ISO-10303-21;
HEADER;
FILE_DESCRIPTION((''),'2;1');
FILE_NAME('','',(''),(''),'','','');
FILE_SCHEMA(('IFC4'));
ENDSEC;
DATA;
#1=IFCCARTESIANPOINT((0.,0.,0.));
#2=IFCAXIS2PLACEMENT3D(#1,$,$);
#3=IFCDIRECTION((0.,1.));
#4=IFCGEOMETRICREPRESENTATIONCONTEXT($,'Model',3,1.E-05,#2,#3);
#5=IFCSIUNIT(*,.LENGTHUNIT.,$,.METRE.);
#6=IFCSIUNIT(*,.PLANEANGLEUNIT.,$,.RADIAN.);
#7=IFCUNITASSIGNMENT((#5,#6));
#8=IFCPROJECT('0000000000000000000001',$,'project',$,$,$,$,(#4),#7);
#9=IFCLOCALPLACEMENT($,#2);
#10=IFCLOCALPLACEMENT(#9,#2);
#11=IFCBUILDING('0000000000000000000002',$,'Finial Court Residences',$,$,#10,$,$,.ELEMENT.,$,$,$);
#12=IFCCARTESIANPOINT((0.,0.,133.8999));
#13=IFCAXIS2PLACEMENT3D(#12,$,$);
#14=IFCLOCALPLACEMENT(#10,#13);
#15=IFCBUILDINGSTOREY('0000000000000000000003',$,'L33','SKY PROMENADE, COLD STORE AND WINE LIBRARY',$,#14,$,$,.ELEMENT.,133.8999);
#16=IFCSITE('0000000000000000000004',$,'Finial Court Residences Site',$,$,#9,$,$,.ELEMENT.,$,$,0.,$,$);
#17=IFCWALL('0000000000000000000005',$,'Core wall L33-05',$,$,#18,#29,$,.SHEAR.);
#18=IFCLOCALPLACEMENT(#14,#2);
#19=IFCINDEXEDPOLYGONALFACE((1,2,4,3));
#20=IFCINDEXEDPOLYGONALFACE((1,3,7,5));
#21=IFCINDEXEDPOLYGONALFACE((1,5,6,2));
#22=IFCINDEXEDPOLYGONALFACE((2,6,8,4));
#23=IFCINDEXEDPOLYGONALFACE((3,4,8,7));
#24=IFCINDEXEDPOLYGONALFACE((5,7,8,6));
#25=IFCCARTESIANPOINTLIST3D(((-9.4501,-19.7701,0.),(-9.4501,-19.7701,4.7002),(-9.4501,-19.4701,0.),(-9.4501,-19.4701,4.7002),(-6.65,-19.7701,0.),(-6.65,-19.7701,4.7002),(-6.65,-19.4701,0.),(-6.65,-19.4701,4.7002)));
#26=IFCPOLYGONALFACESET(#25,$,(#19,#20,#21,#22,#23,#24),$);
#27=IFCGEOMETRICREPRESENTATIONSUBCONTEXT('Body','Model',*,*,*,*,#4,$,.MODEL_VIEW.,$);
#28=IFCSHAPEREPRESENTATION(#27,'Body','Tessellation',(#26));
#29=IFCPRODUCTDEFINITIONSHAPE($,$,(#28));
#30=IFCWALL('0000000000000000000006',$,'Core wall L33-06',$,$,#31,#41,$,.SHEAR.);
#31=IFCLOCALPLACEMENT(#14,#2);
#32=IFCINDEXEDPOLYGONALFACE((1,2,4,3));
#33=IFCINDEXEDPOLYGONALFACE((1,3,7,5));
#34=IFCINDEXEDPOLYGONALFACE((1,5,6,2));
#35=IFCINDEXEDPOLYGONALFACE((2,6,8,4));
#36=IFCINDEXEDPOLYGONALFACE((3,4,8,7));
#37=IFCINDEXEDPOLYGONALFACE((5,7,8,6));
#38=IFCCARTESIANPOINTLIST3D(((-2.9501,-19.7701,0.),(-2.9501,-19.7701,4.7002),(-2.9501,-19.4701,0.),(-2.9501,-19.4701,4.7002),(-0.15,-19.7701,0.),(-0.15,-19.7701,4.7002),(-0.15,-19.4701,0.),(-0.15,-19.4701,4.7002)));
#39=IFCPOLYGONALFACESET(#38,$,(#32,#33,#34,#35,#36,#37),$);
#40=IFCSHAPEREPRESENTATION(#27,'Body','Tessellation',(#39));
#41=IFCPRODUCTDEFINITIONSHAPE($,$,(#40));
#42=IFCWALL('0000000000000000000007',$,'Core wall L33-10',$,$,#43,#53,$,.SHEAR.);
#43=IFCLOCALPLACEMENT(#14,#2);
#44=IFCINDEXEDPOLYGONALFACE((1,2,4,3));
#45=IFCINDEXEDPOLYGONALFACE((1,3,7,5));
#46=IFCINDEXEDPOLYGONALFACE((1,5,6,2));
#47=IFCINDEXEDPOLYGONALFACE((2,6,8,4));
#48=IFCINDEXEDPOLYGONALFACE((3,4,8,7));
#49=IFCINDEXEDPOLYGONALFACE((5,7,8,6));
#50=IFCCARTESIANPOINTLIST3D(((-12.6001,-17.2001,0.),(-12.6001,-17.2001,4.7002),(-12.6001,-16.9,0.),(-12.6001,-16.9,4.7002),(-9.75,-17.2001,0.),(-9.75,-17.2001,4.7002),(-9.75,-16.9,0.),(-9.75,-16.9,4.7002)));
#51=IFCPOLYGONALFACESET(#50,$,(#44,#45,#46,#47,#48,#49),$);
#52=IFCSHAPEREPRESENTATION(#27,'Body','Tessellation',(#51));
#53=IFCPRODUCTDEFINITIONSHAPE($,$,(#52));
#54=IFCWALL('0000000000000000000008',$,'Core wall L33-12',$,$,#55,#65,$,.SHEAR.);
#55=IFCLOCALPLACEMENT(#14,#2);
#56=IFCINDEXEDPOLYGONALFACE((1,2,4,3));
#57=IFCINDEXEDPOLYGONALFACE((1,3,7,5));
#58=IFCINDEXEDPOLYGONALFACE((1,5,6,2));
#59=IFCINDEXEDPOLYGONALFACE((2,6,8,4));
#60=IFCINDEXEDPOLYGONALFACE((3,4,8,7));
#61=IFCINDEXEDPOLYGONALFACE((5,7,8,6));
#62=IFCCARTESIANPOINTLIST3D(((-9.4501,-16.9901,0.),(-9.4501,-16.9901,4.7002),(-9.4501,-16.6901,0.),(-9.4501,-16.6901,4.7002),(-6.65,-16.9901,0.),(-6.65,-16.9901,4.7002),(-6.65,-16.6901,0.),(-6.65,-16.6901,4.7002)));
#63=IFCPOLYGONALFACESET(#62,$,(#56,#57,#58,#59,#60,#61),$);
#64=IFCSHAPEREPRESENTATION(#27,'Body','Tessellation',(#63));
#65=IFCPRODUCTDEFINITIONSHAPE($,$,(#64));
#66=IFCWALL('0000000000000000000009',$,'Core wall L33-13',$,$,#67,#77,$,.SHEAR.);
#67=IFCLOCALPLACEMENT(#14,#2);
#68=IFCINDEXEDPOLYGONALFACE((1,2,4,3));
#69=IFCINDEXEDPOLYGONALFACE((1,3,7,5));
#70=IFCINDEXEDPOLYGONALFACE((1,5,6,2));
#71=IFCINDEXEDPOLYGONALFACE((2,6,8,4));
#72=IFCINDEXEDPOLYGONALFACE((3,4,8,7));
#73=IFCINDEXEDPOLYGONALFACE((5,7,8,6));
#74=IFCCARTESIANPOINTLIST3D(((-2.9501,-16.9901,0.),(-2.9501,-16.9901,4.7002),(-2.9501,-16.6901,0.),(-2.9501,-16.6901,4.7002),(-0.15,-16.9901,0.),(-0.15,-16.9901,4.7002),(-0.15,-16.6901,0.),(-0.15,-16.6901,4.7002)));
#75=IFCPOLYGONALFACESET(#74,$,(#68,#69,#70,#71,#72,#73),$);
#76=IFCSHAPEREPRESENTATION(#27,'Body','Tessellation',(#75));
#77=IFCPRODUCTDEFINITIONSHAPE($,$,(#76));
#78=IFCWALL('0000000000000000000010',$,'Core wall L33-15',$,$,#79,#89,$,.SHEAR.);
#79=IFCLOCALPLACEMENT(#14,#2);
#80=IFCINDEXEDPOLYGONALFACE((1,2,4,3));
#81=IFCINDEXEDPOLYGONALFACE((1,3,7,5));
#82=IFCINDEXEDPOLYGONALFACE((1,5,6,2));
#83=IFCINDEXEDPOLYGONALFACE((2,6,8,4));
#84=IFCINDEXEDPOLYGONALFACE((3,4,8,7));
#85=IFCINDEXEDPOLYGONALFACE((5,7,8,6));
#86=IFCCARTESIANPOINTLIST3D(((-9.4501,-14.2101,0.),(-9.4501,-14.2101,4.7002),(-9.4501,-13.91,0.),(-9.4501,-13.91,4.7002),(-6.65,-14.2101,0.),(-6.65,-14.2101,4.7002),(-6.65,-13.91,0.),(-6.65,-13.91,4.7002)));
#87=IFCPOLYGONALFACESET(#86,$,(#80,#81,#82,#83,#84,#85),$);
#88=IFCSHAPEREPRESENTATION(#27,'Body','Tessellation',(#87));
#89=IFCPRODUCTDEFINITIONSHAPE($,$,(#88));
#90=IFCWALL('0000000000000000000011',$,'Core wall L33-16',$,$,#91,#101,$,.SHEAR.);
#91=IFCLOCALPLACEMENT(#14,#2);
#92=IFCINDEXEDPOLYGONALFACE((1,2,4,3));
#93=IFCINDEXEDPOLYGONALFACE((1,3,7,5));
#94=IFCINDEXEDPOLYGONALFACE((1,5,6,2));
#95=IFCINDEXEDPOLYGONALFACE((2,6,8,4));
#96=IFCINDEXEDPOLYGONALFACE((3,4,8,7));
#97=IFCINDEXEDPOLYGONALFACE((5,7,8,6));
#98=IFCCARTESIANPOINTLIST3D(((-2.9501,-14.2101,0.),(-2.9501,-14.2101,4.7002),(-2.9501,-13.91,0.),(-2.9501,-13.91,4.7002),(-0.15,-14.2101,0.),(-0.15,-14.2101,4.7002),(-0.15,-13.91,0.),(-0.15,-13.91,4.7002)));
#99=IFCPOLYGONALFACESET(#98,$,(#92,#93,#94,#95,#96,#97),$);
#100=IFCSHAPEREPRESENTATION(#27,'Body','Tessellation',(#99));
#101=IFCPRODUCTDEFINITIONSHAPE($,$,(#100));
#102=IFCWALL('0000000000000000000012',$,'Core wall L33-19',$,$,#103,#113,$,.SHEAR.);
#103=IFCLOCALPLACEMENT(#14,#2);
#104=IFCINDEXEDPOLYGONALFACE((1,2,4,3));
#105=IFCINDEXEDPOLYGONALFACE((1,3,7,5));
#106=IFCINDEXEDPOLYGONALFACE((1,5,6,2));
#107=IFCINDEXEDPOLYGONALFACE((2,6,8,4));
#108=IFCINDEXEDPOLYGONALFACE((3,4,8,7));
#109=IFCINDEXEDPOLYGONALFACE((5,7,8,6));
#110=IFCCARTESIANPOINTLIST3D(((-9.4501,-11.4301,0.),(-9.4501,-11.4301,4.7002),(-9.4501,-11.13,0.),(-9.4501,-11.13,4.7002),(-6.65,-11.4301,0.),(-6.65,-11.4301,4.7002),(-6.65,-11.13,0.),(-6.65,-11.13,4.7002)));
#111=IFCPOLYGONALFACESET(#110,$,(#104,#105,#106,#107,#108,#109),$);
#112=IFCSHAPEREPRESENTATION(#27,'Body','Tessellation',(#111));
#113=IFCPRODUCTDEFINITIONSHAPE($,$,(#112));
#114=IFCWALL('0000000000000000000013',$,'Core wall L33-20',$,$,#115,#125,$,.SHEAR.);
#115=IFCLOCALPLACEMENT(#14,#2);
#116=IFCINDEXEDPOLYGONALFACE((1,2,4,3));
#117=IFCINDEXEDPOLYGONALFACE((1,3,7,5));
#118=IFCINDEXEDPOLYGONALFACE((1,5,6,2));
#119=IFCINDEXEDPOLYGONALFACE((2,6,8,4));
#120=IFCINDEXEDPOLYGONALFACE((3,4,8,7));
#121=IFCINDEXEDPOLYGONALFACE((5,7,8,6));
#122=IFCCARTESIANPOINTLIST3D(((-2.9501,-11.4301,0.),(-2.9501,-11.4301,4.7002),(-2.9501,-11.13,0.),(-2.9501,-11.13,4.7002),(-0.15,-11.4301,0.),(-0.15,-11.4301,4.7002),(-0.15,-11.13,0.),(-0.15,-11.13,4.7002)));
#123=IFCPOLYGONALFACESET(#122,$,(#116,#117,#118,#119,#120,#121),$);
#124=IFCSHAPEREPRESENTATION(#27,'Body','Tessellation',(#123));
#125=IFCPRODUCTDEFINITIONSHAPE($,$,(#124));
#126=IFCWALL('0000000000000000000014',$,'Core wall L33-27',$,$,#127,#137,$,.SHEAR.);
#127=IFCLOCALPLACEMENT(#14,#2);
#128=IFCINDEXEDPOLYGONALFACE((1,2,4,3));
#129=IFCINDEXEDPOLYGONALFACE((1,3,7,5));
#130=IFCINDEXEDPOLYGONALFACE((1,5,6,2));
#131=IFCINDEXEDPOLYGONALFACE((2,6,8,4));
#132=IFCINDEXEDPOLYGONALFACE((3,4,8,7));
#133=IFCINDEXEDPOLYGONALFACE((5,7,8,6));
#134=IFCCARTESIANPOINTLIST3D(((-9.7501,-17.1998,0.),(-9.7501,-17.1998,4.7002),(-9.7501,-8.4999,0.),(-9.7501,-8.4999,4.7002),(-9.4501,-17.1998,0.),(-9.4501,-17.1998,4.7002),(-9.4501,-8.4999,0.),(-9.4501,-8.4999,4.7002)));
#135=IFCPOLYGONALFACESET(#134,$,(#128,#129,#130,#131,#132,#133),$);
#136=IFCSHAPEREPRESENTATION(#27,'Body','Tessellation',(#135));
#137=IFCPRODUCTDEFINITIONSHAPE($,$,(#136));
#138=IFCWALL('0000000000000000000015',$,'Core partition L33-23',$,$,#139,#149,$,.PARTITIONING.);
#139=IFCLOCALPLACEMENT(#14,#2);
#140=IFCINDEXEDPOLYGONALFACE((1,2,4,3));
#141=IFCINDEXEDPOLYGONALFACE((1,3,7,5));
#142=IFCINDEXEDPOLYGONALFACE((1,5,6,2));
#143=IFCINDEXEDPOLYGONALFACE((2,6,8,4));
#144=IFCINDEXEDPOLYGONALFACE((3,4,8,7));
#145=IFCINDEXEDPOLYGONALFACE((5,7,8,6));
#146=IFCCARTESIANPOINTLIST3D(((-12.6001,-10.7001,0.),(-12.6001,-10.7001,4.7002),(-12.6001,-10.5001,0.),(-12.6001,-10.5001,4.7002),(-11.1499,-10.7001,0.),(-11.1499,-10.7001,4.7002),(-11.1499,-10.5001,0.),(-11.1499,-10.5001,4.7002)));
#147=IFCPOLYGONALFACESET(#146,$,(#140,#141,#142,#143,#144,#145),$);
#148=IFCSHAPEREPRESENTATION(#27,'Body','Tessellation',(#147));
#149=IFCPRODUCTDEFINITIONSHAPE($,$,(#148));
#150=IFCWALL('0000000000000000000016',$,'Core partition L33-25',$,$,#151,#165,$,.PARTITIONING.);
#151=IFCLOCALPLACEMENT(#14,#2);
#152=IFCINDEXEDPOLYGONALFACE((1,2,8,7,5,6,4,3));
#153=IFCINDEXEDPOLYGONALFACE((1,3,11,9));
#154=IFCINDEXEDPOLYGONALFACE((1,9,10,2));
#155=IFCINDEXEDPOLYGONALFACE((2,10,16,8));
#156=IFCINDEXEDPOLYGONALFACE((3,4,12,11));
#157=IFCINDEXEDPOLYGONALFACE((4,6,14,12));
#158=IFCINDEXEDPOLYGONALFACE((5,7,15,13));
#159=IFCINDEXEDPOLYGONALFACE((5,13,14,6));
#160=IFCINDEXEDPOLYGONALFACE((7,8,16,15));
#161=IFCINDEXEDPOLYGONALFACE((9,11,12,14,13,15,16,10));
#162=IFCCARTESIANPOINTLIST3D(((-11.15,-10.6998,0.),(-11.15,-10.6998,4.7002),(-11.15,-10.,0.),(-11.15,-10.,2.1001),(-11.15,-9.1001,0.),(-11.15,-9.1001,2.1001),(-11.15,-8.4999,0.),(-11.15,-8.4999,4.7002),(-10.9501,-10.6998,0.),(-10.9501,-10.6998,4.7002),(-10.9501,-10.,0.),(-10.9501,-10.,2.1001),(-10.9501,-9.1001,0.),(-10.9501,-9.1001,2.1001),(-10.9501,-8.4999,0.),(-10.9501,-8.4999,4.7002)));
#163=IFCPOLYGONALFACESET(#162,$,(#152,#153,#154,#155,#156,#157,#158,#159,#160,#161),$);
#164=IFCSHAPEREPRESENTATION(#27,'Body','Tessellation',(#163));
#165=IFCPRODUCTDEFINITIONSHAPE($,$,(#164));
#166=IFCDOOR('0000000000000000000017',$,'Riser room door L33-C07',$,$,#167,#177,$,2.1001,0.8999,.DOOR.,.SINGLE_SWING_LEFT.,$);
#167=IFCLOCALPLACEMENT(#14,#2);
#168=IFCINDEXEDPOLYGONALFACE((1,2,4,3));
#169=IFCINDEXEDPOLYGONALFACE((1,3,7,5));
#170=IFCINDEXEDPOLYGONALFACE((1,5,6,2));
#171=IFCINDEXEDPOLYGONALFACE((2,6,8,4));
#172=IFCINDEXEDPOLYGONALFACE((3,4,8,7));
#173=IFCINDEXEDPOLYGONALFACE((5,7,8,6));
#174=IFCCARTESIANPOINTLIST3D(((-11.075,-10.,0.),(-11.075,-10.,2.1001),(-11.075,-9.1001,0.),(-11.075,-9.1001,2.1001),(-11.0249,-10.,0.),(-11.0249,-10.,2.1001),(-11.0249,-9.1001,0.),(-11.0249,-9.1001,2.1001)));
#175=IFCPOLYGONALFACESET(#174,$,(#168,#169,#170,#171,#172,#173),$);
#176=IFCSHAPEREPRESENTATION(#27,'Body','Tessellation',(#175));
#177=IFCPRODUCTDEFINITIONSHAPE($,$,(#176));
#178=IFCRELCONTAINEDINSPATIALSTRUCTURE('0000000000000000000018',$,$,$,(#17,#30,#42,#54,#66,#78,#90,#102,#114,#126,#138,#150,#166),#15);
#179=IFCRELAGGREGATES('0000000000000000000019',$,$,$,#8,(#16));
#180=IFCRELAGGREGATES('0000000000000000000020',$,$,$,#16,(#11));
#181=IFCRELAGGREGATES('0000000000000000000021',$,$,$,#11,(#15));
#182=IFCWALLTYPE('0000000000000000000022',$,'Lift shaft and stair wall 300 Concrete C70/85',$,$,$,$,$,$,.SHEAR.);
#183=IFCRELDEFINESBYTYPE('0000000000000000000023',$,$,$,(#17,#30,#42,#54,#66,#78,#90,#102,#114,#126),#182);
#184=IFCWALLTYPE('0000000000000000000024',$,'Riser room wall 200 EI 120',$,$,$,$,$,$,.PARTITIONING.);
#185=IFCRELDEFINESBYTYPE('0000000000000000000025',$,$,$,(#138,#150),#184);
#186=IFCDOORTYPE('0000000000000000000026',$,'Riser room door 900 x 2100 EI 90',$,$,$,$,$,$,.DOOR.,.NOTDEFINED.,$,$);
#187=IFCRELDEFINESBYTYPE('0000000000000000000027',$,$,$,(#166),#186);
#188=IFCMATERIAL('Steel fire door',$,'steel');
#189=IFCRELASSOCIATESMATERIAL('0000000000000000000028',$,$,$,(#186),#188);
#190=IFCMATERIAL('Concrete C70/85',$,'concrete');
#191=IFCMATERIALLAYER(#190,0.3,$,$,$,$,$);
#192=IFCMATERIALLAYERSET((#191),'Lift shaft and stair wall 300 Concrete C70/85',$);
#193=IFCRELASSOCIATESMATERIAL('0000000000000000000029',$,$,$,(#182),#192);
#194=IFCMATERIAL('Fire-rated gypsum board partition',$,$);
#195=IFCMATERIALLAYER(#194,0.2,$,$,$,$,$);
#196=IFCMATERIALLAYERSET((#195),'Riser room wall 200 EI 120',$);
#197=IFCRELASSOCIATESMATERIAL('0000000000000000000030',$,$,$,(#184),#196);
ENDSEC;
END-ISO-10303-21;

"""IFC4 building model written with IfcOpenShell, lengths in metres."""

from ifc_helpers import new_model, si_unit, direction, frame, frame_2d, origin, place, context, subcontext, project, spatial, rectangle, extrude, material, layer, layer_set, type_object, element, fill, save


model = new_model("IFC4")

# Units and contexts
model_context = context("Model", 3, precision=1e-05, world=origin(), true_north=direction((0.0, 1.0)))
body_context = subcontext(model_context, "Body", "Model", "MODEL_VIEW")
ifc_project = project(units=[si_unit("LENGTHUNIT", "METRE"), si_unit("PLANEANGLEUNIT", "RADIAN")], contexts=[model_context])

# Site, building, storey
site_placement = place(None, origin())
site = spatial("IfcSite", under=ifc_project, at=site_placement, Name="Finial Court Residences Site", CompositionType="ELEMENT", RefElevation=0.0)
building_placement = place(site_placement, origin())
building = spatial("IfcBuilding", under=site, at=building_placement, Name="Finial Court Residences", CompositionType="ELEMENT")
storey_placement = place(building_placement, frame((0.0, 0.0, 133.8999)))
storey = spatial("IfcBuildingStorey", under=building, at=storey_placement, Name="L33", Description="SKY PROMENADE, COLD STORE AND WINE LIBRARY", CompositionType="ELEMENT", Elevation=133.8999)

# Shared definitions
ifc_material_1 = material(Name="Concrete C70/85", Category="concrete")

# Shared definitions
ifc_material_2 = material(Name="Steel fire door", Category="steel")
door_type_1 = type_object("IfcDoorType", Name="Riser room door 900 x 2100 EI 90", OperationType="NOTDEFINED", PredefinedType="DOOR", material=ifc_material_2)

# Walls
ifc_layer_1 = layer(ifc_material_1, 0.3)
ifc_layer_set_1 = layer_set([ifc_layer_1], Name="Lift shaft and stair wall 300 Concrete C70/85")
wall_type_1 = type_object("IfcWallType", Name="Lift shaft and stair wall 300 Concrete C70/85", PredefinedType="SHEAR", material=ifc_layer_set_1)
for number, where, z_axis, x_axis, name in (
    (1, (-9.45, -19.6201, 0.0), (0.0, 0.0, 1.0), (1.0, 0.0, 0.0), "Core wall L33-05"),
    (2, (-2.95, -19.6201, 0.0), (0.0, 0.0, 1.0), (1.0, 0.0, 0.0), "Core wall L33-06"),
):
    element("IfcWall", number, at=place(storey_placement, frame(where, z_axis=z_axis, x_axis=x_axis)), inside=storey, type_object=wall_type_1, Name=name, PredefinedType="SHEAR", context=body_context, shape_type="SweptSolid", body=[
        extrude(rectangle(XDim=2.8, YDim=0.3, at=frame_2d((1.3999, 0.0))), origin(), (0.0, 0.0, 1.0), 4.7002),
    ])
wall_1_placement = place(storey_placement, frame((-12.6001, -17.05, 0.0), z_axis=(0.0, 0.0, 1.0), x_axis=(1.0, 0.0, 0.0)))
element("IfcWall", 3, at=wall_1_placement, inside=storey, type_object=wall_type_1, Name="Core wall L33-10", PredefinedType="SHEAR", context=body_context, shape_type="SweptSolid", body=[
    extrude(rectangle(XDim=2.8501, YDim=0.3, at=frame_2d((1.425, 0.0))), origin(), (0.0, 0.0, 1.0), 4.7002),
])
for number, where, z_axis, x_axis, name in (
    (4, (-9.45, -16.8401, 0.0), (0.0, 0.0, 1.0), (1.0, 0.0, 0.0), "Core wall L33-12"),
    (5, (-2.95, -16.8401, 0.0), (0.0, 0.0, 1.0), (1.0, 0.0, 0.0), "Core wall L33-13"),
    (6, (-9.45, -14.0601, 0.0), (0.0, 0.0, 1.0), (1.0, 0.0, 0.0), "Core wall L33-15"),
    (7, (-2.95, -14.0601, 0.0), (0.0, 0.0, 1.0), (1.0, 0.0, 0.0), "Core wall L33-16"),
    (8, (-9.45, -11.28, 0.0), (0.0, 0.0, 1.0), (1.0, 0.0, 0.0), "Core wall L33-19"),
    (9, (-2.95, -11.28, 0.0), (0.0, 0.0, 1.0), (1.0, 0.0, 0.0), "Core wall L33-20"),
):
    element("IfcWall", number, at=place(storey_placement, frame(where, z_axis=z_axis, x_axis=x_axis)), inside=storey, type_object=wall_type_1, Name=name, PredefinedType="SHEAR", context=body_context, shape_type="SweptSolid", body=[
        extrude(rectangle(XDim=2.8, YDim=0.3, at=frame_2d((1.3999, 0.0))), origin(), (0.0, 0.0, 1.0), 4.7002),
    ])
wall_2_placement = place(storey_placement, frame((-9.6001, -17.2, 0.0), z_axis=(0.0, 0.0, 1.0), x_axis=(0.0, 1.0, 0.0)))
element("IfcWall", 10, at=wall_2_placement, inside=storey, type_object=wall_type_1, Name="Core wall L33-27", PredefinedType="SHEAR", context=body_context, shape_type="SweptSolid", body=[
    extrude(rectangle(XDim=8.7, YDim=0.3, at=frame_2d((4.3501, 0.0))), origin(), (0.0, 0.0, 1.0), 4.7002),
])
ifc_material_3 = material(Name="Fire-rated gypsum board partition")
ifc_layer_2 = layer(ifc_material_3, 0.2)
ifc_layer_set_2 = layer_set([ifc_layer_2], Name="Riser room wall 200 EI 120")
wall_type_2 = type_object("IfcWallType", Name="Riser room wall 200 EI 120", PredefinedType="PARTITIONING", material=ifc_layer_set_2)
wall_3_placement = place(storey_placement, frame((-12.6001, -10.6001, 0.0), z_axis=(0.0, 0.0, 1.0), x_axis=(1.0, 0.0, 0.0)))
element("IfcWall", 11, at=wall_3_placement, inside=storey, type_object=wall_type_2, Name="Core partition L33-23", PredefinedType="PARTITIONING", context=body_context, shape_type="SweptSolid", body=[
    extrude(rectangle(XDim=1.4502, YDim=0.2, at=frame_2d((0.7251, 0.0))), origin(), (0.0, 0.0, 1.0), 4.7002),
])

# Wall, opening, door
wall_4_placement = place(storey_placement, frame((-11.05, -10.7, 0.0), z_axis=(0.0, 0.0, 1.0), x_axis=(0.0, 1.0, 0.0)))
wall_4 = element("IfcWall", 12, at=wall_4_placement, inside=storey, type_object=wall_type_2, Name="Core partition L33-25", PredefinedType="PARTITIONING", context=body_context, shape_type="SweptSolid", body=[
    extrude(rectangle(XDim=2.2, YDim=0.2, at=frame_2d((1.1001, 0.0))), origin(), (0.0, 0.0, 1.0), 4.7002),
])
opening_1_placement = place(wall_4_placement, frame((0.7, 0.0, 0.0)))
opening_1 = element("IfcOpeningElement", 13, at=opening_1_placement, cuts=wall_4, PredefinedType="OPENING", context=body_context, shape_type="SweptSolid", body=[
    extrude(rectangle(XDim=0.8999, YDim=2.1001, at=frame_2d((0.45, 1.05))), frame((0.0, 0.1099, 0.0), z_axis=(0.0, -1.0, 0.0), x_axis=(1.0, 0.0, 0.0)), (0.0, 0.0, 1.0), 0.22),
])
door_1_placement = place(opening_1_placement, origin())
door_1 = element("IfcDoor", 14, at=door_1_placement, inside=storey, type_object=door_type_1, Name="Riser room door L33-C07", OperationType="SINGLE_SWING_LEFT", OverallHeight=2.1001, OverallWidth=0.8999, PredefinedType="DOOR", context=body_context, shape_type="SweptSolid", body=[
    extrude(rectangle(XDim=0.8999, YDim=2.1001, at=frame_2d((0.45, 1.05))), frame((0.0, 0.0249, 0.0), z_axis=(0.0, -1.0, 0.0), x_axis=(1.0, 0.0, 0.0)), (0.0, 0.0, 1.0), 0.05),
])
fill(opening_1, door_1)

save(model, "model.ifc")
